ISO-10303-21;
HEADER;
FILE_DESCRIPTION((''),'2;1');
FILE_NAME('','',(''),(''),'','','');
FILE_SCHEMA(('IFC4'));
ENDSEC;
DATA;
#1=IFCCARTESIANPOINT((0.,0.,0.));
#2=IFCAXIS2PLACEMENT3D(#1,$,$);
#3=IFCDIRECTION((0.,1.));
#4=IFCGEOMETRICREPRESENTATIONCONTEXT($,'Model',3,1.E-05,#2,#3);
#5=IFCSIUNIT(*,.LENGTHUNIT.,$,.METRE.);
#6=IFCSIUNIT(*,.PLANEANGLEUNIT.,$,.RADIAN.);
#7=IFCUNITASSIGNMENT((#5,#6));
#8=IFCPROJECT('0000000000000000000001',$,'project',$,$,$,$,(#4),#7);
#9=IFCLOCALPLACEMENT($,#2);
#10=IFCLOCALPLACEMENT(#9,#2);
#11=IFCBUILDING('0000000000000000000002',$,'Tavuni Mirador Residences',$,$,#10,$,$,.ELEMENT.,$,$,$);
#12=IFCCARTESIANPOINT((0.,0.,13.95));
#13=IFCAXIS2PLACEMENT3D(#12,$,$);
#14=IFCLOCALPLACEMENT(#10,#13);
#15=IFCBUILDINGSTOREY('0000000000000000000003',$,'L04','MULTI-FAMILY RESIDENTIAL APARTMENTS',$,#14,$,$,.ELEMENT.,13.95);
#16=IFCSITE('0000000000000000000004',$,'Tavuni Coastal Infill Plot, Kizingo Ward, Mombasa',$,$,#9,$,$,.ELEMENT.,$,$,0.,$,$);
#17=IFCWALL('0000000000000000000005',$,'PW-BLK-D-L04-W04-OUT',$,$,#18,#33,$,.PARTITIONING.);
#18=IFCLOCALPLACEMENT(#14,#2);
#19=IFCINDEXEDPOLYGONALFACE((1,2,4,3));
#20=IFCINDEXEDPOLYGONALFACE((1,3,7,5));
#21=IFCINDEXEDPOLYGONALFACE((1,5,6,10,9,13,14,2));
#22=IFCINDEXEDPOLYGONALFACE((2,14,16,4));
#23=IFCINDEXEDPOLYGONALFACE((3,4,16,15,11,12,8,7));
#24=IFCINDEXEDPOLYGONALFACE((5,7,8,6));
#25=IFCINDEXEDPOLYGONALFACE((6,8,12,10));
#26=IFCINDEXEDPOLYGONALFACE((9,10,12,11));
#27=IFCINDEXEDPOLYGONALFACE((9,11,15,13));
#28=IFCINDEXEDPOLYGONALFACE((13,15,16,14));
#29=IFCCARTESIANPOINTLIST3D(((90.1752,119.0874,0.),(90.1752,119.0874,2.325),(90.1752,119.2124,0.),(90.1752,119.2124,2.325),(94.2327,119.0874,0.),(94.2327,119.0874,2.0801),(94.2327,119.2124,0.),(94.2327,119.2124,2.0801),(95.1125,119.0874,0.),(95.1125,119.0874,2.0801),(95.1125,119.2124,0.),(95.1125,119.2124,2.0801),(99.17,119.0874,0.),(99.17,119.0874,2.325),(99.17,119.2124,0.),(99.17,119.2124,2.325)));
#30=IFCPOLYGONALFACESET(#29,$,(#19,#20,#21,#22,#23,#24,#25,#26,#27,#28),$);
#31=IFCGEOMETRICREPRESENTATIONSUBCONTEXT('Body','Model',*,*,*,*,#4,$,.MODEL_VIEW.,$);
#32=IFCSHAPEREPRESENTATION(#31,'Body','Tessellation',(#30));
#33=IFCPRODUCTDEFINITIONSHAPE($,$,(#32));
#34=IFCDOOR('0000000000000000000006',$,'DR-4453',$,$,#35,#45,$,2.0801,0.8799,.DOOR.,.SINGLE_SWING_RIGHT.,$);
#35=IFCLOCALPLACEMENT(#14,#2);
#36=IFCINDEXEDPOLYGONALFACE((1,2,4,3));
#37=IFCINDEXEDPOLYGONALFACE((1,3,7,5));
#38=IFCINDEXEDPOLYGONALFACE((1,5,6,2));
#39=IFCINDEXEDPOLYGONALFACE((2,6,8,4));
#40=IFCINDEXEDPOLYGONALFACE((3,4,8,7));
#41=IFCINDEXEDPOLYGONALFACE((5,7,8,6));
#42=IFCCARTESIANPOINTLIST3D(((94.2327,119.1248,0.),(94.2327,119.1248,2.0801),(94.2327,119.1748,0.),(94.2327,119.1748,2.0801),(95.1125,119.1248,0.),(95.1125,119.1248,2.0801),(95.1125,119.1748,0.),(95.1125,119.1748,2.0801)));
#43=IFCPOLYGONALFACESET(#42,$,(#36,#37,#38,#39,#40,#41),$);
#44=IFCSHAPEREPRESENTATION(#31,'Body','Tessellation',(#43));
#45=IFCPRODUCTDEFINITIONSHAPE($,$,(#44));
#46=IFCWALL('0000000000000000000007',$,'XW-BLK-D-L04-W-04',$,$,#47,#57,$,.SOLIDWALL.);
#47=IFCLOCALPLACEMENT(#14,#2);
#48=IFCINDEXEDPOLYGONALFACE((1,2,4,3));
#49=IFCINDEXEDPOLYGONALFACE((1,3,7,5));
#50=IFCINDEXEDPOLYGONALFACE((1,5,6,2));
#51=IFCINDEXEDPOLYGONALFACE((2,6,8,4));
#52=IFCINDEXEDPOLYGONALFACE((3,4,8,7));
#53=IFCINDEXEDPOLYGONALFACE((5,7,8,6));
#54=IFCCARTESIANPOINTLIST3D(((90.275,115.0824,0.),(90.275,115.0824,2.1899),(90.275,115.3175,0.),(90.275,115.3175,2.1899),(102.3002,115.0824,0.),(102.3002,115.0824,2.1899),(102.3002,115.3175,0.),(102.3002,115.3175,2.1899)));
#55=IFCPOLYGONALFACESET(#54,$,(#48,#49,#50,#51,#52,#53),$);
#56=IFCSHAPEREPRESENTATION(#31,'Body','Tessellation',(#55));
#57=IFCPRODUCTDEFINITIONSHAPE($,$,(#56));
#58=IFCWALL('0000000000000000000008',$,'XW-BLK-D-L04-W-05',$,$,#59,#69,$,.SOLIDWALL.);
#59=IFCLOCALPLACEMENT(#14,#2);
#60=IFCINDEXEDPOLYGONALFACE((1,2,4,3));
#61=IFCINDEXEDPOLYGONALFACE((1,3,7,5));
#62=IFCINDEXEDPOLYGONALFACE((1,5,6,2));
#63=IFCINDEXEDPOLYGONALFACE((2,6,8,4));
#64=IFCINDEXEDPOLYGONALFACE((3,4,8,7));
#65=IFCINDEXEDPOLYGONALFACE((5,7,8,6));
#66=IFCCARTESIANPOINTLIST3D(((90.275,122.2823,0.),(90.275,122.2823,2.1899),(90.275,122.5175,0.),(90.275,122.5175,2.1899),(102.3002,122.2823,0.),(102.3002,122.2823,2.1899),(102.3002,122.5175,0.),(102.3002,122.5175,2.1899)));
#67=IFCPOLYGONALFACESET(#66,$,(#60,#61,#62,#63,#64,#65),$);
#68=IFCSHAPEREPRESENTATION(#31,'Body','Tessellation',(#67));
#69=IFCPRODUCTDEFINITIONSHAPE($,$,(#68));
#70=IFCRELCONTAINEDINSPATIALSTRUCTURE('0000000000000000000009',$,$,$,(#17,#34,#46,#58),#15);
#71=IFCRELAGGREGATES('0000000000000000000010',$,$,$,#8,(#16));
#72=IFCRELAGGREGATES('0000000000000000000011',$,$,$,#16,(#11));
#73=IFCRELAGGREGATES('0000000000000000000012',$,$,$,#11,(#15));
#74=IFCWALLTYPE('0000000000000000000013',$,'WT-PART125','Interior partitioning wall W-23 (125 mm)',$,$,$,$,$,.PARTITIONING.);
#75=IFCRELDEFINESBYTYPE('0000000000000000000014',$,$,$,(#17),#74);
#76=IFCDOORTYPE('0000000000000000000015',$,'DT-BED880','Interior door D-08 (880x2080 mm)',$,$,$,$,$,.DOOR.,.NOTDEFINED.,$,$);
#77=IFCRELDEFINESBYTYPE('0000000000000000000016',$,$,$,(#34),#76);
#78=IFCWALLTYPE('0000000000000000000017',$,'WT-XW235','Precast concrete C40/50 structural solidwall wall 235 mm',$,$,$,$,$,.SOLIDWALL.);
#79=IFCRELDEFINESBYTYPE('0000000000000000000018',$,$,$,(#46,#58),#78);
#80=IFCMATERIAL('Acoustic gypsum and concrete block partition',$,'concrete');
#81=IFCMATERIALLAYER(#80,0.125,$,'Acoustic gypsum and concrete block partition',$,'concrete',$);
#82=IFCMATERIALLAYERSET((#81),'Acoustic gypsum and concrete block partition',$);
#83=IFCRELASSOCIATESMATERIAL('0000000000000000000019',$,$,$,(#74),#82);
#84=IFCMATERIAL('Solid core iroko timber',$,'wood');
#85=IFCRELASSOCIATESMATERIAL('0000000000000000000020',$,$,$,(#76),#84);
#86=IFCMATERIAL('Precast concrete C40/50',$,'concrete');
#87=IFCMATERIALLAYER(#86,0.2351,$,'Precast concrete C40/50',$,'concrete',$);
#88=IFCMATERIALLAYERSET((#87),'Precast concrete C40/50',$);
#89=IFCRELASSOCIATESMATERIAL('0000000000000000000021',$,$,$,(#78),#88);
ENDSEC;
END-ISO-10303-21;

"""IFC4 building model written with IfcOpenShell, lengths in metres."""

from ifc_helpers import new_model, si_unit, direction, frame, frame_2d, origin, place, context, subcontext, project, spatial, rectangle, extrude, material, layer, layer_set, type_object, element, fill, save


model = new_model("IFC4")

# Units and contexts
model_context = context("Model", 3, precision=1e-05, world=origin(), true_north=direction((0.0, 1.0)))
body_context = subcontext(model_context, "Body", "Model", "MODEL_VIEW")
ifc_project = project(units=[si_unit("LENGTHUNIT", "METRE"), si_unit("PLANEANGLEUNIT", "RADIAN")], contexts=[model_context])

# Site, building, storey
site_placement = place(None, origin())
site = spatial("IfcSite", under=ifc_project, at=site_placement, Name="Tavuni Coastal Infill Plot, Kizingo Ward, Mombasa", CompositionType="ELEMENT", RefElevation=0.0)
building_placement = place(site_placement, origin())
building = spatial("IfcBuilding", under=site, at=building_placement, Name="Tavuni Mirador Residences", CompositionType="ELEMENT")
storey_placement = place(building_placement, frame((0.0, 0.0, 13.95)))
storey = spatial("IfcBuildingStorey", under=building, at=storey_placement, Name="L04", Description="MULTI-FAMILY RESIDENTIAL APARTMENTS", CompositionType="ELEMENT", Elevation=13.95)

# Shared definitions
ifc_material_1 = material(Name="Precast concrete C40/50", Category="concrete")

# Wall, opening, door
ifc_material_2 = material(Name="Acoustic gypsum and concrete block partition", Category="concrete")
ifc_material_3 = material(Name="Solid core iroko timber", Category="wood")
ifc_layer_1 = layer(ifc_material_2, 0.125, Name="Acoustic gypsum and concrete block partition", Category="concrete")
ifc_layer_set_1 = layer_set([ifc_layer_1], Name="Acoustic gypsum and concrete block partition")
wall_type_1 = type_object("IfcWallType", Name="WT-PART125", Description="Interior partitioning wall W-23 (125 mm)", PredefinedType="PARTITIONING", material=ifc_layer_set_1)
wall_1_placement = place(storey_placement, frame((90.175, 119.1499, 0.0), z_axis=(0.0, 0.0, 1.0), x_axis=(1.0, 0.0, 0.0)))
wall_1 = element("IfcWall", 1, at=wall_1_placement, inside=storey, type_object=wall_type_1, Name="PW-BLK-D-L04-W04-OUT", PredefinedType="PARTITIONING", context=body_context, shape_type="SweptSolid", body=[
    extrude(rectangle(XDim=8.9949, YDim=0.125, at=frame_2d((4.4976, 0.0))), origin(), (0.0, 0.0, 1.0), 2.325),
])
opening_1_placement = place(wall_1_placement, frame((4.0576, 0.0, 0.0)))
opening_1 = element("IfcOpeningElement", 2, at=opening_1_placement, cuts=wall_1, PredefinedType="OPENING", context=body_context, shape_type="SweptSolid", body=[
    extrude(rectangle(XDim=0.8799, YDim=2.0801, at=frame_2d((0.4399, 1.04))), frame((0.0, 0.0725, 0.0), z_axis=(0.0, -1.0, 0.0), x_axis=(1.0, 0.0, 0.0)), (0.0, 0.0, 1.0), 0.145),
])
door_type_1 = type_object("IfcDoorType", Name="DT-BED880", Description="Interior door D-08 (880x2080 mm)", OperationType="NOTDEFINED", PredefinedType="DOOR", material=ifc_material_3)
door_1_placement = place(opening_1_placement, origin())
door_1 = element("IfcDoor", 3, at=door_1_placement, inside=storey, type_object=door_type_1, Name="DR-4453", OperationType="SINGLE_SWING_RIGHT", OverallHeight=2.0801, OverallWidth=0.8799, PredefinedType="DOOR", context=body_context, shape_type="SweptSolid", body=[
    extrude(rectangle(XDim=0.8799, YDim=2.0801, at=frame_2d((0.4399, 1.04))), frame((0.0, 0.0249, 0.0), z_axis=(0.0, -1.0, 0.0), x_axis=(1.0, 0.0, 0.0)), (0.0, 0.0, 1.0), 0.05),
])
fill(opening_1, door_1)

# Walls
ifc_layer_2 = layer(ifc_material_1, 0.2351, Name="Precast concrete C40/50", Category="concrete")
ifc_layer_set_2 = layer_set([ifc_layer_2], Name="Precast concrete C40/50")
wall_type_2 = type_object("IfcWallType", Name="WT-XW235", Description="Precast concrete C40/50 structural solidwall wall 235 mm", PredefinedType="SOLIDWALL", material=ifc_layer_set_2)
for number, where, z_axis, x_axis, name in (
    (4, (90.2749, 115.2, 0.0), (0.0, 0.0, 1.0), (1.0, 0.0, 0.0), "XW-BLK-D-L04-W-04"),
    (5, (90.2749, 122.3999, 0.0), (0.0, 0.0, 1.0), (1.0, 0.0, 0.0), "XW-BLK-D-L04-W-05"),
):
    element("IfcWall", number, at=place(storey_placement, frame(where, z_axis=z_axis, x_axis=x_axis)), inside=storey, type_object=wall_type_2, Name=name, PredefinedType="SOLIDWALL", context=body_context, shape_type="SweptSolid", body=[
        extrude(rectangle(XDim=12.0251, YDim=0.2351, at=frame_2d((6.0127, 0.0))), origin(), (0.0, 0.0, 1.0), 2.1899),
    ])

save(model, "model.ifc")
